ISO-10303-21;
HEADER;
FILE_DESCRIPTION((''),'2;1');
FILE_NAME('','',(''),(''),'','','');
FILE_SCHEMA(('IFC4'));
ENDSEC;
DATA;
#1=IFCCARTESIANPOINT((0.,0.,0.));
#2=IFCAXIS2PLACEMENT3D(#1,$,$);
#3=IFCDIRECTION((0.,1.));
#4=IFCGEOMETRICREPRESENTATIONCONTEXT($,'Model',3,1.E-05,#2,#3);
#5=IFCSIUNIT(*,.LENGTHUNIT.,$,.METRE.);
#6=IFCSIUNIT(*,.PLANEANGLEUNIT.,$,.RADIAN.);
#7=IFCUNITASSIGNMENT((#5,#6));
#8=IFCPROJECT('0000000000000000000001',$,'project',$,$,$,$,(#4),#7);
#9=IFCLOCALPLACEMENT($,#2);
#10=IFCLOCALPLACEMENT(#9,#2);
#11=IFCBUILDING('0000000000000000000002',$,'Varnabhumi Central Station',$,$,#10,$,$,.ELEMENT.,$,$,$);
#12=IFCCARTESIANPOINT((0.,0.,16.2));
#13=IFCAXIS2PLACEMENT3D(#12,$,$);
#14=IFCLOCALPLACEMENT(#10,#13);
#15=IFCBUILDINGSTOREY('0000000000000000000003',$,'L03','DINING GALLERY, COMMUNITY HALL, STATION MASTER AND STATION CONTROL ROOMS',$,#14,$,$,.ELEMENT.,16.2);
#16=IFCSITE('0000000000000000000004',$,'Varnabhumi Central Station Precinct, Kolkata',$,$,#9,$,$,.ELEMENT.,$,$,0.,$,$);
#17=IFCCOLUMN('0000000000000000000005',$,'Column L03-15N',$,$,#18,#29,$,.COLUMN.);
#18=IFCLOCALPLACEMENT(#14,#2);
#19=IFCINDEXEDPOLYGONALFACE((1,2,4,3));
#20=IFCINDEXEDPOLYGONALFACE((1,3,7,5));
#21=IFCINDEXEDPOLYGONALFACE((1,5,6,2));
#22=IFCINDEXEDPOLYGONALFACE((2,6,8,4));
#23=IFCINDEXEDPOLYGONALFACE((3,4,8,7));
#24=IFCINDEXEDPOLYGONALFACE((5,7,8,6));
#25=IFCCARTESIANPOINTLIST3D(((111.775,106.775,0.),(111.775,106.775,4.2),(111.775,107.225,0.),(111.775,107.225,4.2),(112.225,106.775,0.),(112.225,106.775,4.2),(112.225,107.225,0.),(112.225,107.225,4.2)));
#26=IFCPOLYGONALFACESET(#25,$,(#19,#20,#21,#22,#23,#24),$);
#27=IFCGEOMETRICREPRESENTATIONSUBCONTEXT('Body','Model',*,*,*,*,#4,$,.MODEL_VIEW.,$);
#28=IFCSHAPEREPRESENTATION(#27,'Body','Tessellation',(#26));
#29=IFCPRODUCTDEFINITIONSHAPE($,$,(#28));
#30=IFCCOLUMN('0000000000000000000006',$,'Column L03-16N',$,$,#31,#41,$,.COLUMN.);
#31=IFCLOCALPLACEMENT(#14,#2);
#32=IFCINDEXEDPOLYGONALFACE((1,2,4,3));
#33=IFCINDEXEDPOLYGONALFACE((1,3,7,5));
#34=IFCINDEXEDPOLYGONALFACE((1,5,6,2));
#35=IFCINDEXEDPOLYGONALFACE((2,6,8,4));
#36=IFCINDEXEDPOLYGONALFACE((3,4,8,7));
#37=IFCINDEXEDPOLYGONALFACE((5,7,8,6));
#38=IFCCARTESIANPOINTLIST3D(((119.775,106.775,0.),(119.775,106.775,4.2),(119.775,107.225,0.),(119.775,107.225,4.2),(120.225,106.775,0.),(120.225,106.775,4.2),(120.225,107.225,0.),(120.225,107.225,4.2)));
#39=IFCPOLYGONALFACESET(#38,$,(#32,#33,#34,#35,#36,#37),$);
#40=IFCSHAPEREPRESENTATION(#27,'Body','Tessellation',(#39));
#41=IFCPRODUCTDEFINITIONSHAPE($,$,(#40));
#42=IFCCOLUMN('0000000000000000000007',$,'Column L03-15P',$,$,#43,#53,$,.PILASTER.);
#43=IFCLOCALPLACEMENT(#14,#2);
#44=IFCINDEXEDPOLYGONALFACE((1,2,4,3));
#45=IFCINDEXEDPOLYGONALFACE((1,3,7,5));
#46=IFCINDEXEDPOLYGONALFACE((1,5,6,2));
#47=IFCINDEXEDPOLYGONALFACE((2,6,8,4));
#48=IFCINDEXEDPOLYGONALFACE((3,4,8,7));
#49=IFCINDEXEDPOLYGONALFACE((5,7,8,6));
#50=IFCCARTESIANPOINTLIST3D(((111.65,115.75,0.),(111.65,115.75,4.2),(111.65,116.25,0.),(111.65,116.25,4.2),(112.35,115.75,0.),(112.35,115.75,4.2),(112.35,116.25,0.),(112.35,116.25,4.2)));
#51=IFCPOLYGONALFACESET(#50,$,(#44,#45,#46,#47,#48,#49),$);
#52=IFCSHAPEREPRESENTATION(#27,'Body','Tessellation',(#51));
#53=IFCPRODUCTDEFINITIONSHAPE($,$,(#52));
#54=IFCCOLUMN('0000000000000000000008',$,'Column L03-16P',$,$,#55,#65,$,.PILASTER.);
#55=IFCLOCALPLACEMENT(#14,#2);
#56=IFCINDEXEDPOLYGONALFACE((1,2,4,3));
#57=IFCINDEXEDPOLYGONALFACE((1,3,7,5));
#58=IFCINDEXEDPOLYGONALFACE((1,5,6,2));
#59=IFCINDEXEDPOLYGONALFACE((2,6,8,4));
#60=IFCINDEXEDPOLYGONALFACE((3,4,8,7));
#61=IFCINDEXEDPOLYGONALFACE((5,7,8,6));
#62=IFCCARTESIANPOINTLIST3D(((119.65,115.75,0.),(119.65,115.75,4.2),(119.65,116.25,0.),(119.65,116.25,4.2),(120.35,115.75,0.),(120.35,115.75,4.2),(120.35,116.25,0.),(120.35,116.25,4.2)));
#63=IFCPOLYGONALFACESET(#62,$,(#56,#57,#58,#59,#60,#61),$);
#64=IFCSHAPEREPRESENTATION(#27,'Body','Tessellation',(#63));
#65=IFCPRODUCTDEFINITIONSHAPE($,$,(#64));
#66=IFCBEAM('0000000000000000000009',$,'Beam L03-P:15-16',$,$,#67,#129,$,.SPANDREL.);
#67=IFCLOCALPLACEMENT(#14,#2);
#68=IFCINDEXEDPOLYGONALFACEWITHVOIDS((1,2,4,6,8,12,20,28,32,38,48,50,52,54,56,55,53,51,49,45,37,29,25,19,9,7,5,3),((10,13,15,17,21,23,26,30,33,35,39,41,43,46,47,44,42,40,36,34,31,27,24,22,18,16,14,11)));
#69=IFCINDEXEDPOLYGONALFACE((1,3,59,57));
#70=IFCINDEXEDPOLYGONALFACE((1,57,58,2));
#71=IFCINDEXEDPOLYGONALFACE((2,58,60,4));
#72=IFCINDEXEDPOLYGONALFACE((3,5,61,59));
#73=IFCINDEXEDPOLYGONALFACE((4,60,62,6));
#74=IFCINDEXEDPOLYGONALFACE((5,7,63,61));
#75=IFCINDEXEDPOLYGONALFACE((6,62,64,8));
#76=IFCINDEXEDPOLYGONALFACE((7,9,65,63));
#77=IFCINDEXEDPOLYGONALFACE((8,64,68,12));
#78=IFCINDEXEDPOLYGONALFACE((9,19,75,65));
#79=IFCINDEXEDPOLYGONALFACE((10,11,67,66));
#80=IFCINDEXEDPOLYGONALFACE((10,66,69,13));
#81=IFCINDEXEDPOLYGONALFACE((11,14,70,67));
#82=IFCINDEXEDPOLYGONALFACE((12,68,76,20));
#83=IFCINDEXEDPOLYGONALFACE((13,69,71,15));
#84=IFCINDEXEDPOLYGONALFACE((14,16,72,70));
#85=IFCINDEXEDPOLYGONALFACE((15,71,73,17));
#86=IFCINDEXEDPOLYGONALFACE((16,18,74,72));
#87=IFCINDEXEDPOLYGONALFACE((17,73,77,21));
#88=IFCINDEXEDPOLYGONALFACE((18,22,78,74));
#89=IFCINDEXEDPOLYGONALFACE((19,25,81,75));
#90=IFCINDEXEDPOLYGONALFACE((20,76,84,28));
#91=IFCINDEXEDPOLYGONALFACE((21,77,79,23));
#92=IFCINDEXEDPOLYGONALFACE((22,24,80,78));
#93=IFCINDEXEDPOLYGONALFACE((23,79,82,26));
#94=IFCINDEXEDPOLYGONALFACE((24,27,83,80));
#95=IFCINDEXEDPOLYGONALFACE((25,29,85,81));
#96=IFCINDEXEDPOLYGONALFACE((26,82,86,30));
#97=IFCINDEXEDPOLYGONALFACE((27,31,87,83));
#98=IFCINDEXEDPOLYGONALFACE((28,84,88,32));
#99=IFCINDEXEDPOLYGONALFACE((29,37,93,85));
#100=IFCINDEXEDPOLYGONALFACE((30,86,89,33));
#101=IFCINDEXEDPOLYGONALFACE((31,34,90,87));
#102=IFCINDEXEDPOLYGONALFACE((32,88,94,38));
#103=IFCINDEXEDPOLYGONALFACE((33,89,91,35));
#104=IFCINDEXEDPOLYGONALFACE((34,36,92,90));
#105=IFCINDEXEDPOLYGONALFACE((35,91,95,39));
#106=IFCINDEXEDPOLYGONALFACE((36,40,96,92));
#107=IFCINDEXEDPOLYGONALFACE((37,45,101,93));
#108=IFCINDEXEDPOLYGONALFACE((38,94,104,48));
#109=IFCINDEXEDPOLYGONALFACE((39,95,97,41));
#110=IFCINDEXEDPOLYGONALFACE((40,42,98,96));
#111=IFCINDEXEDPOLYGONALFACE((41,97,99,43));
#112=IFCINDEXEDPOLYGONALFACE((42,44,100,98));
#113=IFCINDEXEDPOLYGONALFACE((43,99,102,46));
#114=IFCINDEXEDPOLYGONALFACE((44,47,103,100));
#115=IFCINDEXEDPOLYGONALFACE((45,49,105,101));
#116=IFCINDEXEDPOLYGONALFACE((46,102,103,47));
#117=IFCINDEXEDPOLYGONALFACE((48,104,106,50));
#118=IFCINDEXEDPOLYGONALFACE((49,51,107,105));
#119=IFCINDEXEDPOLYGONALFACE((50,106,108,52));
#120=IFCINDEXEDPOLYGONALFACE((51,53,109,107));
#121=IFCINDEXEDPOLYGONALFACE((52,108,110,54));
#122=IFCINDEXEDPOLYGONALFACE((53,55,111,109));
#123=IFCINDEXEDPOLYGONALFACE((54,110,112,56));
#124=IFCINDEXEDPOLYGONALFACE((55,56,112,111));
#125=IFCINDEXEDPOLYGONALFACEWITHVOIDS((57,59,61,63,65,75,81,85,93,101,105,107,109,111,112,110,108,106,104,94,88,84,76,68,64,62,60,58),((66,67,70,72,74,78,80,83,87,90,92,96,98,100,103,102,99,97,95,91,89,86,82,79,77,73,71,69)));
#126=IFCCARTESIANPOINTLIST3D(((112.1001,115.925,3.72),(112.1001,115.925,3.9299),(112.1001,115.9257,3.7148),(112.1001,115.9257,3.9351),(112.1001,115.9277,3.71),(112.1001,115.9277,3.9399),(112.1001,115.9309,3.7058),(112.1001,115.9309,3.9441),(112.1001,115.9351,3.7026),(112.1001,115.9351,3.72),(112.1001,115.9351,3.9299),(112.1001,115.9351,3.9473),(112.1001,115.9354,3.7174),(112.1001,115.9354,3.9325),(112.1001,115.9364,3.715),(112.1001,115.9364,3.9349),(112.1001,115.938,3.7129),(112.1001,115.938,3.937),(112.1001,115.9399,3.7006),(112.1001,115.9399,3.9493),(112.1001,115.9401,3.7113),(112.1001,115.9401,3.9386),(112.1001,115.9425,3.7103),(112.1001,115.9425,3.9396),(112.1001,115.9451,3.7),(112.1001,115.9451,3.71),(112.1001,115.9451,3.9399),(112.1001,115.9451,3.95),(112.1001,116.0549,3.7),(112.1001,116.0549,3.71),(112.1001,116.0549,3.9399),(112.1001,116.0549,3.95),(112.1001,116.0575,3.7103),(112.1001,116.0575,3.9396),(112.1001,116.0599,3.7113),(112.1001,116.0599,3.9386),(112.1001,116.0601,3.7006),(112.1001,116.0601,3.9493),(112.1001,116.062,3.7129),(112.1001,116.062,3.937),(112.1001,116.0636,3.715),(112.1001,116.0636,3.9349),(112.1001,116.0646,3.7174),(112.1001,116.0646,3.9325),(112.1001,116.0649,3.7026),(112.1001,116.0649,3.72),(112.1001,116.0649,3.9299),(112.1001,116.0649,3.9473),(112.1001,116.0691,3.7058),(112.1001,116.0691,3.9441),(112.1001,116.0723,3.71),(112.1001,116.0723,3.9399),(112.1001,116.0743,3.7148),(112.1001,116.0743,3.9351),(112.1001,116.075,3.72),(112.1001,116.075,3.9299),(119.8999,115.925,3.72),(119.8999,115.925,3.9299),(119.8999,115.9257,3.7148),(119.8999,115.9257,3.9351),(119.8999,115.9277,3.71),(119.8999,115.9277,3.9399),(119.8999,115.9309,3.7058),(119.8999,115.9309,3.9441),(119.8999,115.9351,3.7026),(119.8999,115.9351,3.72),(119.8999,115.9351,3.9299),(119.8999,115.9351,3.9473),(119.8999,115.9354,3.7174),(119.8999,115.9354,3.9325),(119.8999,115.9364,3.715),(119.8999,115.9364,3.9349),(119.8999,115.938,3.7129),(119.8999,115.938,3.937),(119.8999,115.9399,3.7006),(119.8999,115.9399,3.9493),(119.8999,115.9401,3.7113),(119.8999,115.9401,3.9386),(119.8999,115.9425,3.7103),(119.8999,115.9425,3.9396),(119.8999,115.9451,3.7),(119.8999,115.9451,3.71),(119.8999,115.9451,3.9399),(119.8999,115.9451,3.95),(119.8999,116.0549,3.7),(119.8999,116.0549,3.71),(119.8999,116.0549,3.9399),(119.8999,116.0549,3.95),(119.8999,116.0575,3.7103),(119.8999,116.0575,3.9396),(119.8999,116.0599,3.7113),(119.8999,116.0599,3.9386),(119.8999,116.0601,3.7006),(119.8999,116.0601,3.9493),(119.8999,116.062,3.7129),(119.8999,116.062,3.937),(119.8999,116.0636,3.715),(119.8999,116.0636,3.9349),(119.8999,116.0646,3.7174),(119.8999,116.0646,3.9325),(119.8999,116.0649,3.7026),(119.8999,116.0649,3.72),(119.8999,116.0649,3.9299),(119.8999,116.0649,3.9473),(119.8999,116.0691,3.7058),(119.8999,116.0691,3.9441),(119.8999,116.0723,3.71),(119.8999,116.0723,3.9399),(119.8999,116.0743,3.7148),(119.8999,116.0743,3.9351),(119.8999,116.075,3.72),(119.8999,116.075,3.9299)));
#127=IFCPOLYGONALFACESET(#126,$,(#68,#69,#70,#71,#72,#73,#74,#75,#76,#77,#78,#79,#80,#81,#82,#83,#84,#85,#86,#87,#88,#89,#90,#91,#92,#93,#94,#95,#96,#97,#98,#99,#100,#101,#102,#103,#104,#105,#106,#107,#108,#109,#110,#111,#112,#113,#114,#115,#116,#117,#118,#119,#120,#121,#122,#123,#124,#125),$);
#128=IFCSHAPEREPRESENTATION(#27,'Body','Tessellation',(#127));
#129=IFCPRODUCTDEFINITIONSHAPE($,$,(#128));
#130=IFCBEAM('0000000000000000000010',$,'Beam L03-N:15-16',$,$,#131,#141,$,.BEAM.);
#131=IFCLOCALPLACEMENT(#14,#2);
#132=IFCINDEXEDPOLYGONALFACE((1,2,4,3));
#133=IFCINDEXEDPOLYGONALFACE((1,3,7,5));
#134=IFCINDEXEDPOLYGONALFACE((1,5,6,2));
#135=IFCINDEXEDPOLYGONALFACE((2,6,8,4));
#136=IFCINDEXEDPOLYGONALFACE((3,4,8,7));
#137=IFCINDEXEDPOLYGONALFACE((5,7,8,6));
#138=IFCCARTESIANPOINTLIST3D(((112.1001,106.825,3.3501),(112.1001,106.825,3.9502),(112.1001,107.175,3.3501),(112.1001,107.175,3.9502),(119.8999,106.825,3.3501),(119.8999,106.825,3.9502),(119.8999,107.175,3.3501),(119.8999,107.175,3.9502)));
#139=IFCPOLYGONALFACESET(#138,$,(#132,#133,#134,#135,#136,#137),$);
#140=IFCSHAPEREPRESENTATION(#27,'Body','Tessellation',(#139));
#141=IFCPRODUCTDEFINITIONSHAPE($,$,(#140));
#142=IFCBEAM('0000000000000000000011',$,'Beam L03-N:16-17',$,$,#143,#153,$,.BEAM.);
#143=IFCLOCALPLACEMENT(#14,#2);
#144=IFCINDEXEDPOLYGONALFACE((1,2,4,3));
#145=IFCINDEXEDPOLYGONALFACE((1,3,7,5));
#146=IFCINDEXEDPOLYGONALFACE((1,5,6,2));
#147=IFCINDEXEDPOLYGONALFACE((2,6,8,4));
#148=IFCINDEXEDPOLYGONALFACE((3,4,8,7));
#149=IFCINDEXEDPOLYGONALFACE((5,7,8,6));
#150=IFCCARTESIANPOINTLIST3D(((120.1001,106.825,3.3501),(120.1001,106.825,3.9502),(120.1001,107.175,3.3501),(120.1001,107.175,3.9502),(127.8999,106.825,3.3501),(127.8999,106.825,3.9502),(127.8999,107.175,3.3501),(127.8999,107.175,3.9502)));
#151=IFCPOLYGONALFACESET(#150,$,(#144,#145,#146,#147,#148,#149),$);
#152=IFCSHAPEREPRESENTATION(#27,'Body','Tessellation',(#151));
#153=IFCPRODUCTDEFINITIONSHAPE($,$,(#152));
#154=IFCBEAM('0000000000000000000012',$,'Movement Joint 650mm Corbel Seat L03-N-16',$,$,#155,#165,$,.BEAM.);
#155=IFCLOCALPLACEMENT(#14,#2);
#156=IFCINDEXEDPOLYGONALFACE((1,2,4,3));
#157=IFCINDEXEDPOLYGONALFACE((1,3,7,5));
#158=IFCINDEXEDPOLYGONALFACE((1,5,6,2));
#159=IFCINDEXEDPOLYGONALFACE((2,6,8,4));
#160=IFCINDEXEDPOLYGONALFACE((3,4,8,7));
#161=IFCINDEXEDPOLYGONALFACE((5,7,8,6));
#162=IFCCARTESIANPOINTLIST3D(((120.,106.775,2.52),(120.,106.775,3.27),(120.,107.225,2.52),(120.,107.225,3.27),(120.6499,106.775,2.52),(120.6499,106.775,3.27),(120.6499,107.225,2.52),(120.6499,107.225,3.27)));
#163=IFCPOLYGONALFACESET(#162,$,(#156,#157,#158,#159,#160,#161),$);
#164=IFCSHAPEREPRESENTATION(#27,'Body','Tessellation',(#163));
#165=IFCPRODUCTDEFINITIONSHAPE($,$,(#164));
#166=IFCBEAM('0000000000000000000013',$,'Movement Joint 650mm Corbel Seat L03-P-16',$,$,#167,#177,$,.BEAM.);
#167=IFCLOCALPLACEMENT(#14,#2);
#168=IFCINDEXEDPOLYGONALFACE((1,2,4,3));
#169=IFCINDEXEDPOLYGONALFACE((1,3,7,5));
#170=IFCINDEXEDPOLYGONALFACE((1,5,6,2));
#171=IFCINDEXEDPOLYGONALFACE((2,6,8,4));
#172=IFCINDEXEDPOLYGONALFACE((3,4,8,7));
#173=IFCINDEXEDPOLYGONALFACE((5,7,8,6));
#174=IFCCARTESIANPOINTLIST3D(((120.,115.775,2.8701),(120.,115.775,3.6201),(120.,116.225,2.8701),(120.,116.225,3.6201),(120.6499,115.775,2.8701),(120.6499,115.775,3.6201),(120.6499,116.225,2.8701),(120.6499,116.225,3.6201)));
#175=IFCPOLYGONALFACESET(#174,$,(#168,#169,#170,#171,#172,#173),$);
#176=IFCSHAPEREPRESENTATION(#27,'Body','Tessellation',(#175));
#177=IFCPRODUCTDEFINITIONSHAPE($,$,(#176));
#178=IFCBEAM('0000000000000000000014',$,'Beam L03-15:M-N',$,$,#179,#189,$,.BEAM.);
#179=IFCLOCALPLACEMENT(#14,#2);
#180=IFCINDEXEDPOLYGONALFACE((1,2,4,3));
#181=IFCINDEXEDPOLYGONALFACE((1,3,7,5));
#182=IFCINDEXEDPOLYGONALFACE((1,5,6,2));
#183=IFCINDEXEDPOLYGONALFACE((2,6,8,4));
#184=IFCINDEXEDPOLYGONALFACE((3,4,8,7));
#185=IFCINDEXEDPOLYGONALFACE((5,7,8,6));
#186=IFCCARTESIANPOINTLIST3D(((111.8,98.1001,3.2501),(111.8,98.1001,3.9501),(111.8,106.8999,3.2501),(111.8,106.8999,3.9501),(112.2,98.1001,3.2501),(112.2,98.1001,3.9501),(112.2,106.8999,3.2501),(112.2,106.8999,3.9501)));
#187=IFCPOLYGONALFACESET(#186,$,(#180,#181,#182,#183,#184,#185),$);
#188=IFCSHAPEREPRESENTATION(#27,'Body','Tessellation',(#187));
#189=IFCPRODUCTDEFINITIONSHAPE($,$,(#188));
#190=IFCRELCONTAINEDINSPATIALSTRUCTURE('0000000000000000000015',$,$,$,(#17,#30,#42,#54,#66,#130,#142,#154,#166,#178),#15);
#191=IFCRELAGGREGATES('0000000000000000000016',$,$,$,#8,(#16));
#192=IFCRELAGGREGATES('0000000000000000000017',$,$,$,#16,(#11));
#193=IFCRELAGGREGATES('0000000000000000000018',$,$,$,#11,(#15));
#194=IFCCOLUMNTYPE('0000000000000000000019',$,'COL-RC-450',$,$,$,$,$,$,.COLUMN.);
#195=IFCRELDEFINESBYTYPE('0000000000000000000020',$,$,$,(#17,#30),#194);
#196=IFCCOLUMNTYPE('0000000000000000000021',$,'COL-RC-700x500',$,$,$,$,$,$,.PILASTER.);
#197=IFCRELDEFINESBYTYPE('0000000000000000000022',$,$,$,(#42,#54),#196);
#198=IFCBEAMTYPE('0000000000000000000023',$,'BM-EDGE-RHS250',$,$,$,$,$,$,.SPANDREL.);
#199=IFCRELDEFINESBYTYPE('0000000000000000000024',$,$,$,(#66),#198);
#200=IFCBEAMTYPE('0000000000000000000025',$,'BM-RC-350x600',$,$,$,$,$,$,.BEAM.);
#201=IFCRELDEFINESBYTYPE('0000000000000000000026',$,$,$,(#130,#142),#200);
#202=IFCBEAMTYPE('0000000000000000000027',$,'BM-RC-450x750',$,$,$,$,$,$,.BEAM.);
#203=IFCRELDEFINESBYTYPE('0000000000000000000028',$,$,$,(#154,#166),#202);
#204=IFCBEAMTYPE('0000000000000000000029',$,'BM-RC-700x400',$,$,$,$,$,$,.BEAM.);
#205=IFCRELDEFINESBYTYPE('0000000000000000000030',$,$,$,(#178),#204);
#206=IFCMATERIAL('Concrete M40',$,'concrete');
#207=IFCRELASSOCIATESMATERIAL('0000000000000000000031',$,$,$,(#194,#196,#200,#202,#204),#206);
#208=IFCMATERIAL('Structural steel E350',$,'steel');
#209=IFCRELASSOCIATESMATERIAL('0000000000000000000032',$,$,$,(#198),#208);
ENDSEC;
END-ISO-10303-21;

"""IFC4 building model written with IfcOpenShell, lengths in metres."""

from ifc_helpers import new_model, si_unit, direction, frame, origin, origin_2d, place, context, subcontext, project, spatial, rectangle, hollow_rectangle, extrude, material, material_profile, profile_set, type_object, element, save


model = new_model("IFC4")

# Units and contexts
model_context = context("Model", 3, precision=1e-05, world=origin(), true_north=direction((0.0, 1.0)))
body_context = subcontext(model_context, "Body", "Model", "MODEL_VIEW")
ifc_project = project(units=[si_unit("LENGTHUNIT", "METRE"), si_unit("PLANEANGLEUNIT", "RADIAN")], contexts=[model_context])

# Site, building, storey
site_placement = place(None, origin())
site = spatial("IfcSite", under=ifc_project, at=site_placement, Name="Varnabhumi Central Station Precinct, Kolkata", CompositionType="ELEMENT", RefElevation=0.0)
building_placement = place(site_placement, origin())
building = spatial("IfcBuilding", under=site, at=building_placement, Name="Varnabhumi Central Station", CompositionType="ELEMENT")
storey_placement = place(building_placement, frame((0.0, 0.0, 16.2)))
storey = spatial("IfcBuildingStorey", under=building, at=storey_placement, Name="L03", Description="DINING GALLERY, COMMUNITY HALL, STATION MASTER AND STATION CONTROL ROOMS", CompositionType="ELEMENT", Elevation=16.2)

# Columns
ifc_material_1 = material(Name="Concrete M40", Category="concrete")
ifc_material_profile_1 = material_profile(ifc_material_1, rectangle(XDim=0.45, YDim=0.45, at=origin_2d()), Name="Concrete M40", Category="concrete")
ifc_profile_set_1 = profile_set([ifc_material_profile_1], Name="Concrete M40")
column_type_1 = type_object("IfcColumnType", Name="COL-RC-450", PredefinedType="COLUMN", material=ifc_profile_set_1)
for number, where, z_axis, x_axis, name in (
    (1, (112.0, 107.0, 0.0), (0.0, 0.0, 1.0), (1.0, 0.0, 0.0), "Column L03-15N"),
    (2, (120.0, 107.0, 0.0), (0.0, 0.0, 1.0), (1.0, 0.0, 0.0), "Column L03-16N"),
):
    element("IfcColumn", number, at=place(storey_placement, frame(where, z_axis=z_axis, x_axis=x_axis)), inside=storey, type_object=column_type_1, Name=name, PredefinedType="COLUMN", context=body_context, shape_type="SweptSolid", body=[
        extrude(rectangle(XDim=0.45, YDim=0.45, at=origin_2d()), origin(), (0.0, 0.0, 1.0), 4.2),
    ])
ifc_material_profile_2 = material_profile(ifc_material_1, rectangle(XDim=0.7, YDim=0.5, at=origin_2d()), Name="Concrete M40", Category="concrete")
ifc_profile_set_2 = profile_set([ifc_material_profile_2], Name="Concrete M40")
column_type_2 = type_object("IfcColumnType", Name="COL-RC-700x500", PredefinedType="PILASTER", material=ifc_profile_set_2)
for number, where, z_axis, x_axis, name in (
    (3, (112.0, 116.0, 0.0), (0.0, 0.0, 1.0), (1.0, 0.0, 0.0), "Column L03-15P"),
    (4, (120.0, 116.0, 0.0), (0.0, 0.0, 1.0), (1.0, 0.0, 0.0), "Column L03-16P"),
):
    element("IfcColumn", number, at=place(storey_placement, frame(where, z_axis=z_axis, x_axis=x_axis)), inside=storey, type_object=column_type_2, Name=name, PredefinedType="PILASTER", context=body_context, shape_type="SweptSolid", body=[
        extrude(rectangle(XDim=0.7, YDim=0.5, at=origin_2d()), origin(), (0.0, 0.0, 1.0), 4.2),
    ])

# Beams
ifc_material_2 = material(Name="Structural steel E350", Category="steel")
ifc_material_profile_3 = material_profile(ifc_material_2, hollow_rectangle(XDim=0.1499, YDim=0.25, WallThickness=0.01, InnerFilletRadius=0.01, OuterFilletRadius=0.02, at=origin_2d()), Name="Structural steel E350", Category="steel")
ifc_profile_set_3 = profile_set([ifc_material_profile_3], Name="Structural steel E350")
beam_type_1 = type_object("IfcBeamType", Name="BM-EDGE-RHS250", PredefinedType="SPANDREL", material=ifc_profile_set_3)
beam_1_placement = place(storey_placement, frame((112.1001, 116.0, 3.825), z_axis=(1.0, 0.0, 0.0), x_axis=(0.0, 1.0, 0.0)))
element("IfcBeam", 5, at=beam_1_placement, inside=storey, type_object=beam_type_1, Name="Beam L03-P:15-16", PredefinedType="SPANDREL", context=body_context, shape_type="SweptSolid", body=[
    extrude(hollow_rectangle(XDim=0.1499, YDim=0.25, WallThickness=0.01, InnerFilletRadius=0.01, OuterFilletRadius=0.02, at=origin_2d()), origin(), (0.0, 0.0, 1.0), 7.7998),
])
ifc_material_profile_4 = material_profile(ifc_material_1, rectangle(XDim=0.3501, YDim=0.6001, at=origin_2d()), Name="Concrete M40", Category="concrete")
ifc_profile_set_4 = profile_set([ifc_material_profile_4], Name="Concrete M40")
beam_type_2 = type_object("IfcBeamType", Name="BM-RC-350x600", PredefinedType="BEAM", material=ifc_profile_set_4)
for number, where, z_axis, x_axis, name in (
    (6, (112.1001, 107.0, 3.6501), (1.0, 0.0, 0.0), (0.0, 1.0, 0.0), "Beam L03-N:15-16"),
    (7, (120.1001, 107.0, 3.6501), (1.0, 0.0, 0.0), (0.0, 1.0, 0.0), "Beam L03-N:16-17"),
):
    element("IfcBeam", number, at=place(storey_placement, frame(where, z_axis=z_axis, x_axis=x_axis)), inside=storey, type_object=beam_type_2, Name=name, PredefinedType="BEAM", context=body_context, shape_type="SweptSolid", body=[
        extrude(rectangle(XDim=0.3501, YDim=0.6001, at=origin_2d()), origin(), (0.0, 0.0, 1.0), 7.7998),
    ])
ifc_material_profile_5 = material_profile(ifc_material_1, rectangle(XDim=0.45, YDim=0.75, at=origin_2d()), Name="Concrete M40", Category="concrete")
ifc_profile_set_5 = profile_set([ifc_material_profile_5], Name="Concrete M40")
beam_type_3 = type_object("IfcBeamType", Name="BM-RC-450x750", PredefinedType="BEAM", material=ifc_profile_set_5)
for number, where, z_axis, x_axis, name in (
    (8, (120.0, 107.0, 2.895), (1.0, 0.0, 0.0), (0.0, 1.0, 0.0), "Movement Joint 650mm Corbel Seat L03-N-16"),
    (9, (120.0, 116.0, 3.2451), (1.0, 0.0, 0.0), (0.0, 1.0, 0.0), "Movement Joint 650mm Corbel Seat L03-P-16"),
):
    element("IfcBeam", number, at=place(storey_placement, frame(where, z_axis=z_axis, x_axis=x_axis)), inside=storey, type_object=beam_type_3, Name=name, PredefinedType="BEAM", context=body_context, shape_type="SweptSolid", body=[
        extrude(rectangle(XDim=0.45, YDim=0.75, at=origin_2d()), origin(), (0.0, 0.0, 1.0), 0.6499),
    ])
ifc_material_profile_6 = material_profile(ifc_material_1, rectangle(XDim=0.3999, YDim=0.7, at=origin_2d()), Name="Concrete M40", Category="concrete")
ifc_profile_set_6 = profile_set([ifc_material_profile_6], Name="Concrete M40")
beam_type_4 = type_object("IfcBeamType", Name="BM-RC-700x400", PredefinedType="BEAM", material=ifc_profile_set_6)
for number, where, z_axis, x_axis, name in (
    (10, (112.0, 98.1001, 3.6001), (0.0, 1.0, 0.0), (-1.0, 0.0, 0.0), "Beam L03-15:M-N"),
):
    element("IfcBeam", number, at=place(storey_placement, frame(where, z_axis=z_axis, x_axis=x_axis)), inside=storey, type_object=beam_type_4, Name=name, PredefinedType="BEAM", context=body_context, shape_type="SweptSolid", body=[
        extrude(rectangle(XDim=0.3999, YDim=0.7, at=origin_2d()), origin(), (0.0, 0.0, 1.0), 8.7998),
    ])

save(model, "model.ifc")
